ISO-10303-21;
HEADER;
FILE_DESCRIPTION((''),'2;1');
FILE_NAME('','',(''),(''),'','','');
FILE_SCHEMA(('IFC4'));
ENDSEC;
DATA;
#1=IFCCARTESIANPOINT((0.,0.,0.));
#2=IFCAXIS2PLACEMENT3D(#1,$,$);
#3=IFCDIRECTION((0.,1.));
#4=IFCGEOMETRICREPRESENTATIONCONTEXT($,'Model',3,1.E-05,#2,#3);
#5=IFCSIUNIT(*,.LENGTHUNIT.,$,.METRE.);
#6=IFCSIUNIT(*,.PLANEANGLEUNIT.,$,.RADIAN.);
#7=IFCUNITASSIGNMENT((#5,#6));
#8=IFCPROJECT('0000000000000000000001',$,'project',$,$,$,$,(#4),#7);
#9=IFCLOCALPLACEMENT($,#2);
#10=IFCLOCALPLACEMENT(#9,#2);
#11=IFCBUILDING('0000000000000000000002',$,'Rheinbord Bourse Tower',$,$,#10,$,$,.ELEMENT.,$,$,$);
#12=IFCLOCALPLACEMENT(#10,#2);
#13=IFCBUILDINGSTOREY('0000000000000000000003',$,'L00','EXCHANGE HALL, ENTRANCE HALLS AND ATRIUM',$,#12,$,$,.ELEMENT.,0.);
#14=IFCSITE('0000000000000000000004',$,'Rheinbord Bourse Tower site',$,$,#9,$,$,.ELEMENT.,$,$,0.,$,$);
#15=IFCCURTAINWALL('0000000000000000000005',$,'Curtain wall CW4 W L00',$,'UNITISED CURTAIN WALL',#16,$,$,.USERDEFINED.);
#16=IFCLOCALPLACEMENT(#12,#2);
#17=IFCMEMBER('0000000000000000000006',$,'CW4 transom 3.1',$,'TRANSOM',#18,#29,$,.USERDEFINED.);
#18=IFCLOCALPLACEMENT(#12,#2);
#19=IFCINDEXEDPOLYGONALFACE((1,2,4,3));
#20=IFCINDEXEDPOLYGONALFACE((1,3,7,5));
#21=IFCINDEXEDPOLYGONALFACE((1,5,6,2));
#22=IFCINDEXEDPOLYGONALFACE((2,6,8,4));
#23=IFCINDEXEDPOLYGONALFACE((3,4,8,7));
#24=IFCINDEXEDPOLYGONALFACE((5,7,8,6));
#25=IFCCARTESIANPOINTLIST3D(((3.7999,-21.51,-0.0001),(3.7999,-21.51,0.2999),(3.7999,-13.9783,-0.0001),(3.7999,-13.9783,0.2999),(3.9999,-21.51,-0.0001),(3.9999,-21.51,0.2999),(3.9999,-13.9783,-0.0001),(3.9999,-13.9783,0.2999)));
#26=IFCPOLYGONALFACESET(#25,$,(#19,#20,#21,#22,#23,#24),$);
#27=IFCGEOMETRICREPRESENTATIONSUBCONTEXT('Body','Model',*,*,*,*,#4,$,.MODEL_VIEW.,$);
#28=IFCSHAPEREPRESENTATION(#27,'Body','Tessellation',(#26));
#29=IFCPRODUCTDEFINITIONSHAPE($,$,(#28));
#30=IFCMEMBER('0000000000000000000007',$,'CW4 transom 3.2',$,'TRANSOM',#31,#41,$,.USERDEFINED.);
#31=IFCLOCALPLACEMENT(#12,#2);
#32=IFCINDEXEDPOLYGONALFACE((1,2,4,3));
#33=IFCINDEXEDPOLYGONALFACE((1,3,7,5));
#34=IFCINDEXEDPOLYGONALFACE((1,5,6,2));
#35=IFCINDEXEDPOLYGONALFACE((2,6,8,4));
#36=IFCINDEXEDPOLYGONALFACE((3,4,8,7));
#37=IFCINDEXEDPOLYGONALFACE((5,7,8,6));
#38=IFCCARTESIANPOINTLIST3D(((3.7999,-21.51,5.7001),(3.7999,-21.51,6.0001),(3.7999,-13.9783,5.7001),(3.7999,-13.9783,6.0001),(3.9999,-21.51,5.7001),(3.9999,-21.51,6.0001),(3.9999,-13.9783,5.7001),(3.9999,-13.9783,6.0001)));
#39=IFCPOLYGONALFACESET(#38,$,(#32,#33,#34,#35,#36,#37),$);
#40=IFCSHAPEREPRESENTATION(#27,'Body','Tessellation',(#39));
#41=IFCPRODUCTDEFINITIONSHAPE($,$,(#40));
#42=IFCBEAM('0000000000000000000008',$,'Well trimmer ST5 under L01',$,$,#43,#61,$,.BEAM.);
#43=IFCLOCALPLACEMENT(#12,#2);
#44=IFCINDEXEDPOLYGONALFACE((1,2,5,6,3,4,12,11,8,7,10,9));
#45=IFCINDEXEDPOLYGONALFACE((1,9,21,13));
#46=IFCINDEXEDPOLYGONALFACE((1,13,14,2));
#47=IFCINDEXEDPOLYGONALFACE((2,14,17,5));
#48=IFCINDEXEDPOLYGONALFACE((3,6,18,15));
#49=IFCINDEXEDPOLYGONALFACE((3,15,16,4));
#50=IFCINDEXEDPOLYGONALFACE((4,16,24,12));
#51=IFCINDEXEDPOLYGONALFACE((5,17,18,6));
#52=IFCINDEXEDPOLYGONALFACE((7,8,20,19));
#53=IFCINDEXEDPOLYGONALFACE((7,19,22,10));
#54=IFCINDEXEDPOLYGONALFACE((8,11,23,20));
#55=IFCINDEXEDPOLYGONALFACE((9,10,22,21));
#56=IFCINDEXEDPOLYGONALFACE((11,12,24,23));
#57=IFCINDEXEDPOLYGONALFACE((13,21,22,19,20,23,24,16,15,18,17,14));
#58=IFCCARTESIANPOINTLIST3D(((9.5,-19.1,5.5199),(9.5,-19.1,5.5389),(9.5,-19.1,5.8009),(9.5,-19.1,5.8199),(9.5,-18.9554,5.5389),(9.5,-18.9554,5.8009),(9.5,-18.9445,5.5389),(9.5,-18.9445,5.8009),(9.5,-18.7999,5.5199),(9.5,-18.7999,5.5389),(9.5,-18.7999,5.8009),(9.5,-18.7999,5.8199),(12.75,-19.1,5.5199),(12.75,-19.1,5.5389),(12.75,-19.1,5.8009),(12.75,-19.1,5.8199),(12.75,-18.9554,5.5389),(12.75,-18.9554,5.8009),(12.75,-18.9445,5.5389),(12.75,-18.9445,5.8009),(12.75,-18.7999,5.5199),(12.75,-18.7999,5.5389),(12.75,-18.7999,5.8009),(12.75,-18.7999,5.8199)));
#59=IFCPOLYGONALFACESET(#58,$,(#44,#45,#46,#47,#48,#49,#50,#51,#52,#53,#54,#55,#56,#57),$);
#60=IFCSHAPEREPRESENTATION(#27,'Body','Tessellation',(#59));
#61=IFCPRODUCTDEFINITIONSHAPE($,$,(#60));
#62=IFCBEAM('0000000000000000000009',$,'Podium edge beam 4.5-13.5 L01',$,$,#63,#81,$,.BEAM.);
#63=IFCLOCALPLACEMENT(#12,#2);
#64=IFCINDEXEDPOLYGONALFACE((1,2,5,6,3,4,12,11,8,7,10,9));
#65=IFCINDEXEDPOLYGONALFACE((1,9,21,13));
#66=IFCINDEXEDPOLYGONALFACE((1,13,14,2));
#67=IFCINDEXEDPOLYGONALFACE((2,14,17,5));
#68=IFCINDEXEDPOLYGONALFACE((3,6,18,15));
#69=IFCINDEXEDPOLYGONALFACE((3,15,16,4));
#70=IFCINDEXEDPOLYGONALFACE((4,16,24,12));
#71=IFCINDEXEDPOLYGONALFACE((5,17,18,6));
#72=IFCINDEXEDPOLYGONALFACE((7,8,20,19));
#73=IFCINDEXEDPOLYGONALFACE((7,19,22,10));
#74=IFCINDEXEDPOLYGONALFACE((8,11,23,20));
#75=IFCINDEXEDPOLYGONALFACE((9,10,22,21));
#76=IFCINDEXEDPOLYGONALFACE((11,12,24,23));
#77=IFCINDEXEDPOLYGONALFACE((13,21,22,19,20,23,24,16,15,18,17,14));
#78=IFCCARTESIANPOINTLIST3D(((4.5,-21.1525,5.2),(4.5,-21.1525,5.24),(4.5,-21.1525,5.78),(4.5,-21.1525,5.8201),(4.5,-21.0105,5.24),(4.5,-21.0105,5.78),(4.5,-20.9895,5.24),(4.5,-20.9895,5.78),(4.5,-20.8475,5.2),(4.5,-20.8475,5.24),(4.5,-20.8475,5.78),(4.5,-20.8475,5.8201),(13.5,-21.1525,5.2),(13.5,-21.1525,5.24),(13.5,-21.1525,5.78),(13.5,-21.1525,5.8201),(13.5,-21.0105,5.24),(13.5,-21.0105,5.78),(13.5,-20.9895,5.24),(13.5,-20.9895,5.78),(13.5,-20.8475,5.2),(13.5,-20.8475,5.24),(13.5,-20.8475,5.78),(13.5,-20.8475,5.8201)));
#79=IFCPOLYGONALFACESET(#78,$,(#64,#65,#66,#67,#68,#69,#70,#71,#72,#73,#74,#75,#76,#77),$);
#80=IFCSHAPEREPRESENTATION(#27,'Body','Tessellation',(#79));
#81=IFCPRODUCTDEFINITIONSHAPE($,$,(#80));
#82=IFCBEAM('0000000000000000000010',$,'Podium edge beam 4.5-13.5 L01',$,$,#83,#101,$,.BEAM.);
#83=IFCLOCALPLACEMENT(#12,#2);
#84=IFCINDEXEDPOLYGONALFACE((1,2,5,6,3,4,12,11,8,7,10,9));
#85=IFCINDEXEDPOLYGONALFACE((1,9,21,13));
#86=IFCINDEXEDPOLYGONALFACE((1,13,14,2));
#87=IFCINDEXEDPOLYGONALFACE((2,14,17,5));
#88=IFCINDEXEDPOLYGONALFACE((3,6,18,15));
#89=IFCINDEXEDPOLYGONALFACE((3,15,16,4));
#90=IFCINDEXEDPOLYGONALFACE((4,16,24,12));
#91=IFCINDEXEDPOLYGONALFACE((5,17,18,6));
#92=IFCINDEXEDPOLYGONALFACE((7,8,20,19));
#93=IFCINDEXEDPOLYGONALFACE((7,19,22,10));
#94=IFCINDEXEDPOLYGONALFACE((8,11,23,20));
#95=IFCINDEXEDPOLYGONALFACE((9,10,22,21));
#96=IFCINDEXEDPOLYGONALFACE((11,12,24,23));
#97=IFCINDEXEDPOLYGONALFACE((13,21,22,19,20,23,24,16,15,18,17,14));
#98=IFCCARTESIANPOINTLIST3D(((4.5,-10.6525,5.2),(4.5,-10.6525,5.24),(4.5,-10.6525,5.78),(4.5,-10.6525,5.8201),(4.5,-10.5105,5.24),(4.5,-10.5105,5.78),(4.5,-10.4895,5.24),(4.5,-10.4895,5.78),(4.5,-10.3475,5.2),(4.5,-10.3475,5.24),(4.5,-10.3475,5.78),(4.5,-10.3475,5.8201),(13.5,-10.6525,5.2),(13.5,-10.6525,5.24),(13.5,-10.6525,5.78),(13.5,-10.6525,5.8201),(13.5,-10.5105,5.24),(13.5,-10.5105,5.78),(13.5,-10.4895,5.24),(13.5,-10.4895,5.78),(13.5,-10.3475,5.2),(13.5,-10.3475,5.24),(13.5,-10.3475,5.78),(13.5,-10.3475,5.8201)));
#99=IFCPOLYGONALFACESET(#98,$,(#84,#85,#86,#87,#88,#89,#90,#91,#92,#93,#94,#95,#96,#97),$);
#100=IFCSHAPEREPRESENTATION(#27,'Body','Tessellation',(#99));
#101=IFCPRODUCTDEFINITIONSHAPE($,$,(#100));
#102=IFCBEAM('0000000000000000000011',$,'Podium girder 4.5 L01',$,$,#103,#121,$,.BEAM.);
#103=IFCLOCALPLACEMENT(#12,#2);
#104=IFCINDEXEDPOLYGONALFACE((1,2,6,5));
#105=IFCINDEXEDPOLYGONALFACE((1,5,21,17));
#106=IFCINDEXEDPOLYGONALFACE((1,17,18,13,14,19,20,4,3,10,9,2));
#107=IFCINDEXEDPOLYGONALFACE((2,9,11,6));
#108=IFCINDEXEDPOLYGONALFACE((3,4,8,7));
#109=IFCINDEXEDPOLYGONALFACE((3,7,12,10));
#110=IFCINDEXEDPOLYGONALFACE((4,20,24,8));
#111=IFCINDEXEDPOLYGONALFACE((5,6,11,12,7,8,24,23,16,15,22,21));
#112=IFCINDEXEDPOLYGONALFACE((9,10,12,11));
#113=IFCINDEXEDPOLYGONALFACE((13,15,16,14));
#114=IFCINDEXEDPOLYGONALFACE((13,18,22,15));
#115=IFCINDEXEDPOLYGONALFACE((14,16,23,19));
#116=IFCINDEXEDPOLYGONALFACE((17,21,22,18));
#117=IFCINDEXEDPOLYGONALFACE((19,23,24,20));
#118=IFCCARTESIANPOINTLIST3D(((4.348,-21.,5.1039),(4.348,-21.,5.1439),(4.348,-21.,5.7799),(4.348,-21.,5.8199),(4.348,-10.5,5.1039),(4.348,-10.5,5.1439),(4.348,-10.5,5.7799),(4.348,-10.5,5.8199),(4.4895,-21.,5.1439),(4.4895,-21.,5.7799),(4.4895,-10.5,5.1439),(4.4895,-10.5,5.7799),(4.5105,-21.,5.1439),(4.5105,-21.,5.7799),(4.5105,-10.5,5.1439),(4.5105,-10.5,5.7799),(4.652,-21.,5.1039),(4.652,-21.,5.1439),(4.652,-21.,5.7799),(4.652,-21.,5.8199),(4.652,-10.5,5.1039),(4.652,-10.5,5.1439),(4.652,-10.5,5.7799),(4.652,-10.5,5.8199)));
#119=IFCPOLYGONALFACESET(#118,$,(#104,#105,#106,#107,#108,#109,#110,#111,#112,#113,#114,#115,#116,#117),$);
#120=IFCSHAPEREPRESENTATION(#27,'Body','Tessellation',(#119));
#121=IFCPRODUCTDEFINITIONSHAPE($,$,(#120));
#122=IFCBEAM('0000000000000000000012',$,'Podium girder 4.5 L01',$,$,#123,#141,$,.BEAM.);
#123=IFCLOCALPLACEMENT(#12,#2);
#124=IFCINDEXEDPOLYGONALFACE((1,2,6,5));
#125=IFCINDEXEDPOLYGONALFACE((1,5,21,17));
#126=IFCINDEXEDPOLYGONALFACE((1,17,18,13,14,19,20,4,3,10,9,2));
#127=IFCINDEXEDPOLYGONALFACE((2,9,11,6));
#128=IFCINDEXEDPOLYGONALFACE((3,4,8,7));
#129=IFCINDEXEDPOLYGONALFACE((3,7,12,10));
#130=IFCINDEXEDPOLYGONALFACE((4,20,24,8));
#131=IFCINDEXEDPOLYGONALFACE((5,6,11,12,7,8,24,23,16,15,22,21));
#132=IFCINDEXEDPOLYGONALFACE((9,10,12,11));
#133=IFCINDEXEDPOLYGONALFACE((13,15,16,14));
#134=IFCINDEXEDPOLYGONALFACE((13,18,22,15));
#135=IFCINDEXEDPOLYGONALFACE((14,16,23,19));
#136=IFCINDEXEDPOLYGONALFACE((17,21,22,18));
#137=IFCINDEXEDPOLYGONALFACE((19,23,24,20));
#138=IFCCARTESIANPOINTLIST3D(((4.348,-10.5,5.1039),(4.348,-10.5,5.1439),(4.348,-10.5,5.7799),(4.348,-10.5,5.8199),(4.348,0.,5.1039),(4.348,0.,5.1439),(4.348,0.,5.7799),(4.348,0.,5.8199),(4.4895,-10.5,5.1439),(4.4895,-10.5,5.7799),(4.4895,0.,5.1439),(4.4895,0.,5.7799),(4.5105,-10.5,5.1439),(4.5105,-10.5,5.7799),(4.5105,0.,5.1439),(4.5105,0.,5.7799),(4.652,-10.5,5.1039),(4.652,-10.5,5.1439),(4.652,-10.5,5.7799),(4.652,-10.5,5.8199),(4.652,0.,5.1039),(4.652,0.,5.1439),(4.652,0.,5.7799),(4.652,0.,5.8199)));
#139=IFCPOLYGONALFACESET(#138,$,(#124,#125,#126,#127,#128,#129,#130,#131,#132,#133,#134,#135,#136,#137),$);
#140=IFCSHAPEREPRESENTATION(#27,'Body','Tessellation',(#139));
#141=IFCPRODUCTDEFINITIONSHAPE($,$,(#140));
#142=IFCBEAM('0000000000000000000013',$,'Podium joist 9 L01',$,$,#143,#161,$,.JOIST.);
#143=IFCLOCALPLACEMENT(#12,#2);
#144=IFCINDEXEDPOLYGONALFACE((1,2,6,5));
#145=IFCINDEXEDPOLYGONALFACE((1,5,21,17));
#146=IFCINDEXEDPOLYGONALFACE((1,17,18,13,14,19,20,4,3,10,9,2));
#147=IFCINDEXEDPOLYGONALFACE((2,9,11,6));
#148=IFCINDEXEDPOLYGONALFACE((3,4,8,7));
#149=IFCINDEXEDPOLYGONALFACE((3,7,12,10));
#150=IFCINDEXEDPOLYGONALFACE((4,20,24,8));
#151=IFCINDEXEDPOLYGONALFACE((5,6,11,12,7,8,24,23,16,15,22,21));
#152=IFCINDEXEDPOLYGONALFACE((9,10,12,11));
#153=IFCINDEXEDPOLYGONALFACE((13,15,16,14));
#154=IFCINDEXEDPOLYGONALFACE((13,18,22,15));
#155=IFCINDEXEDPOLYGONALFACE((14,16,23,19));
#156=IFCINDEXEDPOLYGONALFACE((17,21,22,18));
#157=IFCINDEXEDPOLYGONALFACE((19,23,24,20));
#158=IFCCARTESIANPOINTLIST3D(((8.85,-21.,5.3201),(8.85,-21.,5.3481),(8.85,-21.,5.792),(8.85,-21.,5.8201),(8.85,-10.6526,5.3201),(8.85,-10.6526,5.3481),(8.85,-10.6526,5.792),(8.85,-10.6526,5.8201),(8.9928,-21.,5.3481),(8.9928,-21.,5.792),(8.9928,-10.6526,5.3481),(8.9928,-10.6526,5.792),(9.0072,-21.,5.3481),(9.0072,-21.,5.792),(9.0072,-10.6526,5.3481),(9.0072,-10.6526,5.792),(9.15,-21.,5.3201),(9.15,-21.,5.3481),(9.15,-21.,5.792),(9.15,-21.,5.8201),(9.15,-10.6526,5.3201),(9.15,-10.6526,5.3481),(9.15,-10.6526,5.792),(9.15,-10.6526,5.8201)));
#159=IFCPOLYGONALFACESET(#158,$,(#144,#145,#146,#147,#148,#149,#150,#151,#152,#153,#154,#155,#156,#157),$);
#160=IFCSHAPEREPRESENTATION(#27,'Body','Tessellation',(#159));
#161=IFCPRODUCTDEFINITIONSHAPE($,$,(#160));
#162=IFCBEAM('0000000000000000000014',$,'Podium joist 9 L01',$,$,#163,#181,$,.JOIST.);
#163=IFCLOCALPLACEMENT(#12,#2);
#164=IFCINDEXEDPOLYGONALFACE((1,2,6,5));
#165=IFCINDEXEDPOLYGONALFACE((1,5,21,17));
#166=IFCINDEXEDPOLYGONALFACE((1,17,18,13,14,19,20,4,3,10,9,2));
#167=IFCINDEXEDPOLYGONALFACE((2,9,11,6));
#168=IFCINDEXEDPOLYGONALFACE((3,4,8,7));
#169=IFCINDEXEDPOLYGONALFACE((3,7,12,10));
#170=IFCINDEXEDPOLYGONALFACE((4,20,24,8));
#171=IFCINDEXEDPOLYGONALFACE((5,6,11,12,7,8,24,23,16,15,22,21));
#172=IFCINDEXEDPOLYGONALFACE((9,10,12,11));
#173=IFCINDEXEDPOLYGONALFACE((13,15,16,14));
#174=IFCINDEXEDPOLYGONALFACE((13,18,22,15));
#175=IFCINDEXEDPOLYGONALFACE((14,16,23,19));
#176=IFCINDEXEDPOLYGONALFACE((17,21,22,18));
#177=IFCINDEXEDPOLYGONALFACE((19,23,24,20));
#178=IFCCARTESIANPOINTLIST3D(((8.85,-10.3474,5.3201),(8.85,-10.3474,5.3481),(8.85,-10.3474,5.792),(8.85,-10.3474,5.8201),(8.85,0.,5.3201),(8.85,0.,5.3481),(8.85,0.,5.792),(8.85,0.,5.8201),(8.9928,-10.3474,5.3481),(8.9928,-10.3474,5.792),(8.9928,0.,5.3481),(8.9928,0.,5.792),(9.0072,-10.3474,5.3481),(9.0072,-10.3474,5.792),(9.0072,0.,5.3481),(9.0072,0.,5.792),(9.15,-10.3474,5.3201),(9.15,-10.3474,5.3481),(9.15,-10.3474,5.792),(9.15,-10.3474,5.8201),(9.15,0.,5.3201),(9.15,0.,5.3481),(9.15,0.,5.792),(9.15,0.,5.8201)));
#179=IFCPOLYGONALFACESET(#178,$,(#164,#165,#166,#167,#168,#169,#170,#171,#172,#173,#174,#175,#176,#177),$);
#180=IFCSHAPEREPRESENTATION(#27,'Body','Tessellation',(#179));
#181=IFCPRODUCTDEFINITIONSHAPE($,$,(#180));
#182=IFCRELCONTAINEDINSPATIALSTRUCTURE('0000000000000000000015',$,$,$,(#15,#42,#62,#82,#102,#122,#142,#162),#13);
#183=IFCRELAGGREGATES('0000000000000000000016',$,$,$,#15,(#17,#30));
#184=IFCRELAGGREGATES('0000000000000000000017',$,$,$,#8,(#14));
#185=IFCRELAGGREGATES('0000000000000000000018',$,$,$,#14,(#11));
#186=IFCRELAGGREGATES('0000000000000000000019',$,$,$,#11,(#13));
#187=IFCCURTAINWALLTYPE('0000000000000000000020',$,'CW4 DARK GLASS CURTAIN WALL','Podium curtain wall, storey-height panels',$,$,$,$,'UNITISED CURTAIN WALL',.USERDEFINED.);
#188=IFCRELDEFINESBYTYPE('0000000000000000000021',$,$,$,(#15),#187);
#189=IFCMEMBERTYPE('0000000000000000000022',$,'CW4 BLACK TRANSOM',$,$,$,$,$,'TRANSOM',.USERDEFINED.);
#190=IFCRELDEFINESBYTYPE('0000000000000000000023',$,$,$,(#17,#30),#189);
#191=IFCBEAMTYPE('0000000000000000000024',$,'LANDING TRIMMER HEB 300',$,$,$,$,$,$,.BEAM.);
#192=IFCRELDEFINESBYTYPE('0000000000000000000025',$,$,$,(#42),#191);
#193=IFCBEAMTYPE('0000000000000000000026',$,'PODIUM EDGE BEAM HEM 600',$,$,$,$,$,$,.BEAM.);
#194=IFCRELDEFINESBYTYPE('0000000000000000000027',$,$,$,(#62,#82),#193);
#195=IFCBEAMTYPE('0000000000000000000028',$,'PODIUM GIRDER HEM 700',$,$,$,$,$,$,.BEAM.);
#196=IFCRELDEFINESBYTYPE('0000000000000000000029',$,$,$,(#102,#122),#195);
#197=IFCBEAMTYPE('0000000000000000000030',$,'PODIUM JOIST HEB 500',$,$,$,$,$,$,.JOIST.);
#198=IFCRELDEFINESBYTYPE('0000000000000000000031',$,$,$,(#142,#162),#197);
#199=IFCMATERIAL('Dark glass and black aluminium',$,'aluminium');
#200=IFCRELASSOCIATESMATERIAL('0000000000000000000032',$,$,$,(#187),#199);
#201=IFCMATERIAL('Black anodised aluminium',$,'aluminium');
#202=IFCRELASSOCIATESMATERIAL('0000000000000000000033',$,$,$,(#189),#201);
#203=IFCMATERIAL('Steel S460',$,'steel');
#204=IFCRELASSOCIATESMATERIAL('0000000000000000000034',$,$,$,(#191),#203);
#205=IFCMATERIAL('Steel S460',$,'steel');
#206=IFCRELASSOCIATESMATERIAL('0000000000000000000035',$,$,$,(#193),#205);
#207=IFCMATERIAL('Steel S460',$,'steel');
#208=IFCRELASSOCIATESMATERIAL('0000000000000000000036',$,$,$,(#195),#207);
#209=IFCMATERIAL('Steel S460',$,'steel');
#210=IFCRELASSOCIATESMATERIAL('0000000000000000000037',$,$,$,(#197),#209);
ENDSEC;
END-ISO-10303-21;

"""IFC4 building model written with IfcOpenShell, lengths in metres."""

from ifc_helpers import new_model, si_unit, direction, frame, origin, origin_2d, place, context, subcontext, project, spatial, rectangle, i_section, extrude, material, material_profile, profile_set, type_object, element, aggregate, save


model = new_model("IFC4")

# Units and contexts
model_context = context("Model", 3, precision=1e-05, world=origin(), true_north=direction((0.0, 1.0)))
body_context = subcontext(model_context, "Body", "Model", "MODEL_VIEW")
ifc_project = project(units=[si_unit("LENGTHUNIT", "METRE"), si_unit("PLANEANGLEUNIT", "RADIAN")], contexts=[model_context])

# Site, building, storey
site_placement = place(None, origin())
site = spatial("IfcSite", under=ifc_project, at=site_placement, Name="Rheinbord Bourse Tower site", CompositionType="ELEMENT", RefElevation=0.0)
building_placement = place(site_placement, origin())
building = spatial("IfcBuilding", under=site, at=building_placement, Name="Rheinbord Bourse Tower", CompositionType="ELEMENT")
storey_placement = place(building_placement, origin())
storey = spatial("IfcBuildingStorey", under=building, at=storey_placement, Name="L00", Description="EXCHANGE HALL, ENTRANCE HALLS AND ATRIUM", CompositionType="ELEMENT", Elevation=0.0)

# Shared definitions
ifc_material_1 = material(Name="Dark glass and black aluminium", Category="aluminium")
curtain_wall_type = type_object("IfcCurtainWallType", Name="CW4 DARK GLASS CURTAIN WALL", Description="Podium curtain wall, storey-height panels", ElementType="UNITISED CURTAIN WALL", PredefinedType="USERDEFINED", material=ifc_material_1)

# Curtain wall
curtain_wall_1_placement = place(storey_placement, origin())
curtain_wall_1 = element("IfcCurtainWall", 1, at=curtain_wall_1_placement, inside=storey, type_object=curtain_wall_type, Name="Curtain wall CW4 W L00", ObjectType="UNITISED CURTAIN WALL", PredefinedType="USERDEFINED")

# Members
ifc_material_2 = material(Name="Black anodised aluminium", Category="aluminium")
ifc_material_profile_1 = material_profile(ifc_material_2, rectangle(XDim=0.2, YDim=0.3, at=origin_2d()), Name="CW4 TRANSOM 300x200")
ifc_profile_set_1 = profile_set([ifc_material_profile_1], Name="Black anodised aluminium")
member_type_1 = type_object("IfcMemberType", Name="CW4 BLACK TRANSOM", ElementType="TRANSOM", PredefinedType="USERDEFINED", material=ifc_profile_set_1)
member_1_placement = place(storey_placement, frame((3.8999, -13.9783, 0.1499), z_axis=(0.0, -1.0, 0.0), x_axis=(1.0, 0.0, 0.0)))
member_1 = element("IfcMember", 2, at=member_1_placement, type_object=member_type_1, Name="CW4 transom 3.1", ObjectType="TRANSOM", PredefinedType="USERDEFINED", context=body_context, shape_type="SweptSolid", body=[
    extrude(rectangle(XDim=0.2, YDim=0.3, at=origin_2d()), origin(), (0.0, 0.0, 1.0), 7.5317),
])
member_2_placement = place(storey_placement, frame((3.8999, -13.9783, 5.8501), z_axis=(0.0, -1.0, 0.0), x_axis=(1.0, 0.0, 0.0)))
member_2 = element("IfcMember", 3, at=member_2_placement, type_object=member_type_1, Name="CW4 transom 3.2", ObjectType="TRANSOM", PredefinedType="USERDEFINED", context=body_context, shape_type="SweptSolid", body=[
    extrude(rectangle(XDim=0.2, YDim=0.3, at=origin_2d()), origin(), (0.0, 0.0, 1.0), 7.5317),
])

# Beams
ifc_material_3 = material(Name="Steel S460", Category="steel")
ifc_material_profile_2 = material_profile(ifc_material_3, i_section(OverallWidth=0.3, OverallDepth=0.3, WebThickness=0.011, FlangeThickness=0.019, at=origin_2d()), Name="HEB 300")
ifc_profile_set_2 = profile_set([ifc_material_profile_2], Name="Steel S460")
beam_type_1 = type_object("IfcBeamType", Name="LANDING TRIMMER HEB 300", PredefinedType="BEAM", material=ifc_profile_set_2)
beam_1_placement = place(storey_placement, frame((9.5, -18.95, 5.6699), z_axis=(1.0, 0.0, 0.0), x_axis=(0.0, 1.0, 0.0)))
element("IfcBeam", 4, at=beam_1_placement, inside=storey, type_object=beam_type_1, Name="Well trimmer ST5 under L01", PredefinedType="BEAM", context=body_context, shape_type="SweptSolid", body=[
    extrude(i_section(OverallWidth=0.3, OverallDepth=0.3, WebThickness=0.011, FlangeThickness=0.019, at=origin_2d()), origin(), (0.0, 0.0, 1.0), 3.25),
])
ifc_material_4 = material(Name="Steel S460", Category="steel")
ifc_material_profile_3 = material_profile(ifc_material_4, i_section(OverallWidth=0.3049, OverallDepth=0.6201, WebThickness=0.021, FlangeThickness=0.04, at=origin_2d()), Name="HEM 600")
ifc_profile_set_3 = profile_set([ifc_material_profile_3], Name="Steel S460")
beam_type_2 = type_object("IfcBeamType", Name="PODIUM EDGE BEAM HEM 600", PredefinedType="BEAM", material=ifc_profile_set_3)
for number, where, z_axis, x_axis, name in (
    (5, (4.5, -21.0, 5.51), (1.0, 0.0, 0.0), (0.0, 1.0, 0.0), "Podium edge beam 4.5-13.5 L01"),
    (6, (4.5, -10.5, 5.51), (1.0, 0.0, 0.0), (0.0, 1.0, 0.0), "Podium edge beam 4.5-13.5 L01"),
):
    element("IfcBeam", number, at=place(storey_placement, frame(where, z_axis=z_axis, x_axis=x_axis)), inside=storey, type_object=beam_type_2, Name=name, PredefinedType="BEAM", context=body_context, shape_type="SweptSolid", body=[
        extrude(i_section(OverallWidth=0.3049, OverallDepth=0.6201, WebThickness=0.021, FlangeThickness=0.04, at=origin_2d()), origin(), (0.0, 0.0, 1.0), 9.0),
    ])
ifc_material_5 = material(Name="Steel S460", Category="steel")
ifc_material_profile_4 = material_profile(ifc_material_5, i_section(OverallWidth=0.304, OverallDepth=0.7161, WebThickness=0.021, FlangeThickness=0.04, at=origin_2d()), Name="HEM 700")
ifc_profile_set_4 = profile_set([ifc_material_profile_4], Name="Steel S460")
beam_type_3 = type_object("IfcBeamType", Name="PODIUM GIRDER HEM 700", PredefinedType="BEAM", material=ifc_profile_set_4)
for number, where, z_axis, x_axis, name in (
    (7, (4.5, -21.0, 5.4619), (0.0, 1.0, 0.0), (-1.0, 0.0, 0.0), "Podium girder 4.5 L01"),
    (8, (4.5, -10.5, 5.4619), (0.0, 1.0, 0.0), (-1.0, 0.0, 0.0), "Podium girder 4.5 L01"),
):
    element("IfcBeam", number, at=place(storey_placement, frame(where, z_axis=z_axis, x_axis=x_axis)), inside=storey, type_object=beam_type_3, Name=name, PredefinedType="BEAM", context=body_context, shape_type="SweptSolid", body=[
        extrude(i_section(OverallWidth=0.304, OverallDepth=0.7161, WebThickness=0.021, FlangeThickness=0.04, at=origin_2d()), origin(), (0.0, 0.0, 1.0), 10.5),
    ])
ifc_material_6 = material(Name="Steel S460", Category="steel")
ifc_material_profile_5 = material_profile(ifc_material_6, i_section(OverallWidth=0.3, OverallDepth=0.5, WebThickness=0.0144, FlangeThickness=0.0281, at=origin_2d()), Name="HEB 500")
ifc_profile_set_5 = profile_set([ifc_material_profile_5], Name="Steel S460")
beam_type_4 = type_object("IfcBeamType", Name="PODIUM JOIST HEB 500", PredefinedType="JOIST", material=ifc_profile_set_5)
for number, where, z_axis, x_axis, name in (
    (9, (9.0, -21.0, 5.5701), (0.0, 1.0, 0.0), (-1.0, 0.0, 0.0), "Podium joist 9 L01"),
    (10, (9.0, -10.3474, 5.5701), (0.0, 1.0, 0.0), (-1.0, 0.0, 0.0), "Podium joist 9 L01"),
):
    element("IfcBeam", number, at=place(storey_placement, frame(where, z_axis=z_axis, x_axis=x_axis)), inside=storey, type_object=beam_type_4, Name=name, PredefinedType="JOIST", context=body_context, shape_type="SweptSolid", body=[
        extrude(i_section(OverallWidth=0.3, OverallDepth=0.5, WebThickness=0.0144, FlangeThickness=0.0281, at=origin_2d()), origin(), (0.0, 0.0, 1.0), 10.3474),
    ])

aggregate(curtain_wall_1, [member_1, member_2])

save(model, "model.ifc")
